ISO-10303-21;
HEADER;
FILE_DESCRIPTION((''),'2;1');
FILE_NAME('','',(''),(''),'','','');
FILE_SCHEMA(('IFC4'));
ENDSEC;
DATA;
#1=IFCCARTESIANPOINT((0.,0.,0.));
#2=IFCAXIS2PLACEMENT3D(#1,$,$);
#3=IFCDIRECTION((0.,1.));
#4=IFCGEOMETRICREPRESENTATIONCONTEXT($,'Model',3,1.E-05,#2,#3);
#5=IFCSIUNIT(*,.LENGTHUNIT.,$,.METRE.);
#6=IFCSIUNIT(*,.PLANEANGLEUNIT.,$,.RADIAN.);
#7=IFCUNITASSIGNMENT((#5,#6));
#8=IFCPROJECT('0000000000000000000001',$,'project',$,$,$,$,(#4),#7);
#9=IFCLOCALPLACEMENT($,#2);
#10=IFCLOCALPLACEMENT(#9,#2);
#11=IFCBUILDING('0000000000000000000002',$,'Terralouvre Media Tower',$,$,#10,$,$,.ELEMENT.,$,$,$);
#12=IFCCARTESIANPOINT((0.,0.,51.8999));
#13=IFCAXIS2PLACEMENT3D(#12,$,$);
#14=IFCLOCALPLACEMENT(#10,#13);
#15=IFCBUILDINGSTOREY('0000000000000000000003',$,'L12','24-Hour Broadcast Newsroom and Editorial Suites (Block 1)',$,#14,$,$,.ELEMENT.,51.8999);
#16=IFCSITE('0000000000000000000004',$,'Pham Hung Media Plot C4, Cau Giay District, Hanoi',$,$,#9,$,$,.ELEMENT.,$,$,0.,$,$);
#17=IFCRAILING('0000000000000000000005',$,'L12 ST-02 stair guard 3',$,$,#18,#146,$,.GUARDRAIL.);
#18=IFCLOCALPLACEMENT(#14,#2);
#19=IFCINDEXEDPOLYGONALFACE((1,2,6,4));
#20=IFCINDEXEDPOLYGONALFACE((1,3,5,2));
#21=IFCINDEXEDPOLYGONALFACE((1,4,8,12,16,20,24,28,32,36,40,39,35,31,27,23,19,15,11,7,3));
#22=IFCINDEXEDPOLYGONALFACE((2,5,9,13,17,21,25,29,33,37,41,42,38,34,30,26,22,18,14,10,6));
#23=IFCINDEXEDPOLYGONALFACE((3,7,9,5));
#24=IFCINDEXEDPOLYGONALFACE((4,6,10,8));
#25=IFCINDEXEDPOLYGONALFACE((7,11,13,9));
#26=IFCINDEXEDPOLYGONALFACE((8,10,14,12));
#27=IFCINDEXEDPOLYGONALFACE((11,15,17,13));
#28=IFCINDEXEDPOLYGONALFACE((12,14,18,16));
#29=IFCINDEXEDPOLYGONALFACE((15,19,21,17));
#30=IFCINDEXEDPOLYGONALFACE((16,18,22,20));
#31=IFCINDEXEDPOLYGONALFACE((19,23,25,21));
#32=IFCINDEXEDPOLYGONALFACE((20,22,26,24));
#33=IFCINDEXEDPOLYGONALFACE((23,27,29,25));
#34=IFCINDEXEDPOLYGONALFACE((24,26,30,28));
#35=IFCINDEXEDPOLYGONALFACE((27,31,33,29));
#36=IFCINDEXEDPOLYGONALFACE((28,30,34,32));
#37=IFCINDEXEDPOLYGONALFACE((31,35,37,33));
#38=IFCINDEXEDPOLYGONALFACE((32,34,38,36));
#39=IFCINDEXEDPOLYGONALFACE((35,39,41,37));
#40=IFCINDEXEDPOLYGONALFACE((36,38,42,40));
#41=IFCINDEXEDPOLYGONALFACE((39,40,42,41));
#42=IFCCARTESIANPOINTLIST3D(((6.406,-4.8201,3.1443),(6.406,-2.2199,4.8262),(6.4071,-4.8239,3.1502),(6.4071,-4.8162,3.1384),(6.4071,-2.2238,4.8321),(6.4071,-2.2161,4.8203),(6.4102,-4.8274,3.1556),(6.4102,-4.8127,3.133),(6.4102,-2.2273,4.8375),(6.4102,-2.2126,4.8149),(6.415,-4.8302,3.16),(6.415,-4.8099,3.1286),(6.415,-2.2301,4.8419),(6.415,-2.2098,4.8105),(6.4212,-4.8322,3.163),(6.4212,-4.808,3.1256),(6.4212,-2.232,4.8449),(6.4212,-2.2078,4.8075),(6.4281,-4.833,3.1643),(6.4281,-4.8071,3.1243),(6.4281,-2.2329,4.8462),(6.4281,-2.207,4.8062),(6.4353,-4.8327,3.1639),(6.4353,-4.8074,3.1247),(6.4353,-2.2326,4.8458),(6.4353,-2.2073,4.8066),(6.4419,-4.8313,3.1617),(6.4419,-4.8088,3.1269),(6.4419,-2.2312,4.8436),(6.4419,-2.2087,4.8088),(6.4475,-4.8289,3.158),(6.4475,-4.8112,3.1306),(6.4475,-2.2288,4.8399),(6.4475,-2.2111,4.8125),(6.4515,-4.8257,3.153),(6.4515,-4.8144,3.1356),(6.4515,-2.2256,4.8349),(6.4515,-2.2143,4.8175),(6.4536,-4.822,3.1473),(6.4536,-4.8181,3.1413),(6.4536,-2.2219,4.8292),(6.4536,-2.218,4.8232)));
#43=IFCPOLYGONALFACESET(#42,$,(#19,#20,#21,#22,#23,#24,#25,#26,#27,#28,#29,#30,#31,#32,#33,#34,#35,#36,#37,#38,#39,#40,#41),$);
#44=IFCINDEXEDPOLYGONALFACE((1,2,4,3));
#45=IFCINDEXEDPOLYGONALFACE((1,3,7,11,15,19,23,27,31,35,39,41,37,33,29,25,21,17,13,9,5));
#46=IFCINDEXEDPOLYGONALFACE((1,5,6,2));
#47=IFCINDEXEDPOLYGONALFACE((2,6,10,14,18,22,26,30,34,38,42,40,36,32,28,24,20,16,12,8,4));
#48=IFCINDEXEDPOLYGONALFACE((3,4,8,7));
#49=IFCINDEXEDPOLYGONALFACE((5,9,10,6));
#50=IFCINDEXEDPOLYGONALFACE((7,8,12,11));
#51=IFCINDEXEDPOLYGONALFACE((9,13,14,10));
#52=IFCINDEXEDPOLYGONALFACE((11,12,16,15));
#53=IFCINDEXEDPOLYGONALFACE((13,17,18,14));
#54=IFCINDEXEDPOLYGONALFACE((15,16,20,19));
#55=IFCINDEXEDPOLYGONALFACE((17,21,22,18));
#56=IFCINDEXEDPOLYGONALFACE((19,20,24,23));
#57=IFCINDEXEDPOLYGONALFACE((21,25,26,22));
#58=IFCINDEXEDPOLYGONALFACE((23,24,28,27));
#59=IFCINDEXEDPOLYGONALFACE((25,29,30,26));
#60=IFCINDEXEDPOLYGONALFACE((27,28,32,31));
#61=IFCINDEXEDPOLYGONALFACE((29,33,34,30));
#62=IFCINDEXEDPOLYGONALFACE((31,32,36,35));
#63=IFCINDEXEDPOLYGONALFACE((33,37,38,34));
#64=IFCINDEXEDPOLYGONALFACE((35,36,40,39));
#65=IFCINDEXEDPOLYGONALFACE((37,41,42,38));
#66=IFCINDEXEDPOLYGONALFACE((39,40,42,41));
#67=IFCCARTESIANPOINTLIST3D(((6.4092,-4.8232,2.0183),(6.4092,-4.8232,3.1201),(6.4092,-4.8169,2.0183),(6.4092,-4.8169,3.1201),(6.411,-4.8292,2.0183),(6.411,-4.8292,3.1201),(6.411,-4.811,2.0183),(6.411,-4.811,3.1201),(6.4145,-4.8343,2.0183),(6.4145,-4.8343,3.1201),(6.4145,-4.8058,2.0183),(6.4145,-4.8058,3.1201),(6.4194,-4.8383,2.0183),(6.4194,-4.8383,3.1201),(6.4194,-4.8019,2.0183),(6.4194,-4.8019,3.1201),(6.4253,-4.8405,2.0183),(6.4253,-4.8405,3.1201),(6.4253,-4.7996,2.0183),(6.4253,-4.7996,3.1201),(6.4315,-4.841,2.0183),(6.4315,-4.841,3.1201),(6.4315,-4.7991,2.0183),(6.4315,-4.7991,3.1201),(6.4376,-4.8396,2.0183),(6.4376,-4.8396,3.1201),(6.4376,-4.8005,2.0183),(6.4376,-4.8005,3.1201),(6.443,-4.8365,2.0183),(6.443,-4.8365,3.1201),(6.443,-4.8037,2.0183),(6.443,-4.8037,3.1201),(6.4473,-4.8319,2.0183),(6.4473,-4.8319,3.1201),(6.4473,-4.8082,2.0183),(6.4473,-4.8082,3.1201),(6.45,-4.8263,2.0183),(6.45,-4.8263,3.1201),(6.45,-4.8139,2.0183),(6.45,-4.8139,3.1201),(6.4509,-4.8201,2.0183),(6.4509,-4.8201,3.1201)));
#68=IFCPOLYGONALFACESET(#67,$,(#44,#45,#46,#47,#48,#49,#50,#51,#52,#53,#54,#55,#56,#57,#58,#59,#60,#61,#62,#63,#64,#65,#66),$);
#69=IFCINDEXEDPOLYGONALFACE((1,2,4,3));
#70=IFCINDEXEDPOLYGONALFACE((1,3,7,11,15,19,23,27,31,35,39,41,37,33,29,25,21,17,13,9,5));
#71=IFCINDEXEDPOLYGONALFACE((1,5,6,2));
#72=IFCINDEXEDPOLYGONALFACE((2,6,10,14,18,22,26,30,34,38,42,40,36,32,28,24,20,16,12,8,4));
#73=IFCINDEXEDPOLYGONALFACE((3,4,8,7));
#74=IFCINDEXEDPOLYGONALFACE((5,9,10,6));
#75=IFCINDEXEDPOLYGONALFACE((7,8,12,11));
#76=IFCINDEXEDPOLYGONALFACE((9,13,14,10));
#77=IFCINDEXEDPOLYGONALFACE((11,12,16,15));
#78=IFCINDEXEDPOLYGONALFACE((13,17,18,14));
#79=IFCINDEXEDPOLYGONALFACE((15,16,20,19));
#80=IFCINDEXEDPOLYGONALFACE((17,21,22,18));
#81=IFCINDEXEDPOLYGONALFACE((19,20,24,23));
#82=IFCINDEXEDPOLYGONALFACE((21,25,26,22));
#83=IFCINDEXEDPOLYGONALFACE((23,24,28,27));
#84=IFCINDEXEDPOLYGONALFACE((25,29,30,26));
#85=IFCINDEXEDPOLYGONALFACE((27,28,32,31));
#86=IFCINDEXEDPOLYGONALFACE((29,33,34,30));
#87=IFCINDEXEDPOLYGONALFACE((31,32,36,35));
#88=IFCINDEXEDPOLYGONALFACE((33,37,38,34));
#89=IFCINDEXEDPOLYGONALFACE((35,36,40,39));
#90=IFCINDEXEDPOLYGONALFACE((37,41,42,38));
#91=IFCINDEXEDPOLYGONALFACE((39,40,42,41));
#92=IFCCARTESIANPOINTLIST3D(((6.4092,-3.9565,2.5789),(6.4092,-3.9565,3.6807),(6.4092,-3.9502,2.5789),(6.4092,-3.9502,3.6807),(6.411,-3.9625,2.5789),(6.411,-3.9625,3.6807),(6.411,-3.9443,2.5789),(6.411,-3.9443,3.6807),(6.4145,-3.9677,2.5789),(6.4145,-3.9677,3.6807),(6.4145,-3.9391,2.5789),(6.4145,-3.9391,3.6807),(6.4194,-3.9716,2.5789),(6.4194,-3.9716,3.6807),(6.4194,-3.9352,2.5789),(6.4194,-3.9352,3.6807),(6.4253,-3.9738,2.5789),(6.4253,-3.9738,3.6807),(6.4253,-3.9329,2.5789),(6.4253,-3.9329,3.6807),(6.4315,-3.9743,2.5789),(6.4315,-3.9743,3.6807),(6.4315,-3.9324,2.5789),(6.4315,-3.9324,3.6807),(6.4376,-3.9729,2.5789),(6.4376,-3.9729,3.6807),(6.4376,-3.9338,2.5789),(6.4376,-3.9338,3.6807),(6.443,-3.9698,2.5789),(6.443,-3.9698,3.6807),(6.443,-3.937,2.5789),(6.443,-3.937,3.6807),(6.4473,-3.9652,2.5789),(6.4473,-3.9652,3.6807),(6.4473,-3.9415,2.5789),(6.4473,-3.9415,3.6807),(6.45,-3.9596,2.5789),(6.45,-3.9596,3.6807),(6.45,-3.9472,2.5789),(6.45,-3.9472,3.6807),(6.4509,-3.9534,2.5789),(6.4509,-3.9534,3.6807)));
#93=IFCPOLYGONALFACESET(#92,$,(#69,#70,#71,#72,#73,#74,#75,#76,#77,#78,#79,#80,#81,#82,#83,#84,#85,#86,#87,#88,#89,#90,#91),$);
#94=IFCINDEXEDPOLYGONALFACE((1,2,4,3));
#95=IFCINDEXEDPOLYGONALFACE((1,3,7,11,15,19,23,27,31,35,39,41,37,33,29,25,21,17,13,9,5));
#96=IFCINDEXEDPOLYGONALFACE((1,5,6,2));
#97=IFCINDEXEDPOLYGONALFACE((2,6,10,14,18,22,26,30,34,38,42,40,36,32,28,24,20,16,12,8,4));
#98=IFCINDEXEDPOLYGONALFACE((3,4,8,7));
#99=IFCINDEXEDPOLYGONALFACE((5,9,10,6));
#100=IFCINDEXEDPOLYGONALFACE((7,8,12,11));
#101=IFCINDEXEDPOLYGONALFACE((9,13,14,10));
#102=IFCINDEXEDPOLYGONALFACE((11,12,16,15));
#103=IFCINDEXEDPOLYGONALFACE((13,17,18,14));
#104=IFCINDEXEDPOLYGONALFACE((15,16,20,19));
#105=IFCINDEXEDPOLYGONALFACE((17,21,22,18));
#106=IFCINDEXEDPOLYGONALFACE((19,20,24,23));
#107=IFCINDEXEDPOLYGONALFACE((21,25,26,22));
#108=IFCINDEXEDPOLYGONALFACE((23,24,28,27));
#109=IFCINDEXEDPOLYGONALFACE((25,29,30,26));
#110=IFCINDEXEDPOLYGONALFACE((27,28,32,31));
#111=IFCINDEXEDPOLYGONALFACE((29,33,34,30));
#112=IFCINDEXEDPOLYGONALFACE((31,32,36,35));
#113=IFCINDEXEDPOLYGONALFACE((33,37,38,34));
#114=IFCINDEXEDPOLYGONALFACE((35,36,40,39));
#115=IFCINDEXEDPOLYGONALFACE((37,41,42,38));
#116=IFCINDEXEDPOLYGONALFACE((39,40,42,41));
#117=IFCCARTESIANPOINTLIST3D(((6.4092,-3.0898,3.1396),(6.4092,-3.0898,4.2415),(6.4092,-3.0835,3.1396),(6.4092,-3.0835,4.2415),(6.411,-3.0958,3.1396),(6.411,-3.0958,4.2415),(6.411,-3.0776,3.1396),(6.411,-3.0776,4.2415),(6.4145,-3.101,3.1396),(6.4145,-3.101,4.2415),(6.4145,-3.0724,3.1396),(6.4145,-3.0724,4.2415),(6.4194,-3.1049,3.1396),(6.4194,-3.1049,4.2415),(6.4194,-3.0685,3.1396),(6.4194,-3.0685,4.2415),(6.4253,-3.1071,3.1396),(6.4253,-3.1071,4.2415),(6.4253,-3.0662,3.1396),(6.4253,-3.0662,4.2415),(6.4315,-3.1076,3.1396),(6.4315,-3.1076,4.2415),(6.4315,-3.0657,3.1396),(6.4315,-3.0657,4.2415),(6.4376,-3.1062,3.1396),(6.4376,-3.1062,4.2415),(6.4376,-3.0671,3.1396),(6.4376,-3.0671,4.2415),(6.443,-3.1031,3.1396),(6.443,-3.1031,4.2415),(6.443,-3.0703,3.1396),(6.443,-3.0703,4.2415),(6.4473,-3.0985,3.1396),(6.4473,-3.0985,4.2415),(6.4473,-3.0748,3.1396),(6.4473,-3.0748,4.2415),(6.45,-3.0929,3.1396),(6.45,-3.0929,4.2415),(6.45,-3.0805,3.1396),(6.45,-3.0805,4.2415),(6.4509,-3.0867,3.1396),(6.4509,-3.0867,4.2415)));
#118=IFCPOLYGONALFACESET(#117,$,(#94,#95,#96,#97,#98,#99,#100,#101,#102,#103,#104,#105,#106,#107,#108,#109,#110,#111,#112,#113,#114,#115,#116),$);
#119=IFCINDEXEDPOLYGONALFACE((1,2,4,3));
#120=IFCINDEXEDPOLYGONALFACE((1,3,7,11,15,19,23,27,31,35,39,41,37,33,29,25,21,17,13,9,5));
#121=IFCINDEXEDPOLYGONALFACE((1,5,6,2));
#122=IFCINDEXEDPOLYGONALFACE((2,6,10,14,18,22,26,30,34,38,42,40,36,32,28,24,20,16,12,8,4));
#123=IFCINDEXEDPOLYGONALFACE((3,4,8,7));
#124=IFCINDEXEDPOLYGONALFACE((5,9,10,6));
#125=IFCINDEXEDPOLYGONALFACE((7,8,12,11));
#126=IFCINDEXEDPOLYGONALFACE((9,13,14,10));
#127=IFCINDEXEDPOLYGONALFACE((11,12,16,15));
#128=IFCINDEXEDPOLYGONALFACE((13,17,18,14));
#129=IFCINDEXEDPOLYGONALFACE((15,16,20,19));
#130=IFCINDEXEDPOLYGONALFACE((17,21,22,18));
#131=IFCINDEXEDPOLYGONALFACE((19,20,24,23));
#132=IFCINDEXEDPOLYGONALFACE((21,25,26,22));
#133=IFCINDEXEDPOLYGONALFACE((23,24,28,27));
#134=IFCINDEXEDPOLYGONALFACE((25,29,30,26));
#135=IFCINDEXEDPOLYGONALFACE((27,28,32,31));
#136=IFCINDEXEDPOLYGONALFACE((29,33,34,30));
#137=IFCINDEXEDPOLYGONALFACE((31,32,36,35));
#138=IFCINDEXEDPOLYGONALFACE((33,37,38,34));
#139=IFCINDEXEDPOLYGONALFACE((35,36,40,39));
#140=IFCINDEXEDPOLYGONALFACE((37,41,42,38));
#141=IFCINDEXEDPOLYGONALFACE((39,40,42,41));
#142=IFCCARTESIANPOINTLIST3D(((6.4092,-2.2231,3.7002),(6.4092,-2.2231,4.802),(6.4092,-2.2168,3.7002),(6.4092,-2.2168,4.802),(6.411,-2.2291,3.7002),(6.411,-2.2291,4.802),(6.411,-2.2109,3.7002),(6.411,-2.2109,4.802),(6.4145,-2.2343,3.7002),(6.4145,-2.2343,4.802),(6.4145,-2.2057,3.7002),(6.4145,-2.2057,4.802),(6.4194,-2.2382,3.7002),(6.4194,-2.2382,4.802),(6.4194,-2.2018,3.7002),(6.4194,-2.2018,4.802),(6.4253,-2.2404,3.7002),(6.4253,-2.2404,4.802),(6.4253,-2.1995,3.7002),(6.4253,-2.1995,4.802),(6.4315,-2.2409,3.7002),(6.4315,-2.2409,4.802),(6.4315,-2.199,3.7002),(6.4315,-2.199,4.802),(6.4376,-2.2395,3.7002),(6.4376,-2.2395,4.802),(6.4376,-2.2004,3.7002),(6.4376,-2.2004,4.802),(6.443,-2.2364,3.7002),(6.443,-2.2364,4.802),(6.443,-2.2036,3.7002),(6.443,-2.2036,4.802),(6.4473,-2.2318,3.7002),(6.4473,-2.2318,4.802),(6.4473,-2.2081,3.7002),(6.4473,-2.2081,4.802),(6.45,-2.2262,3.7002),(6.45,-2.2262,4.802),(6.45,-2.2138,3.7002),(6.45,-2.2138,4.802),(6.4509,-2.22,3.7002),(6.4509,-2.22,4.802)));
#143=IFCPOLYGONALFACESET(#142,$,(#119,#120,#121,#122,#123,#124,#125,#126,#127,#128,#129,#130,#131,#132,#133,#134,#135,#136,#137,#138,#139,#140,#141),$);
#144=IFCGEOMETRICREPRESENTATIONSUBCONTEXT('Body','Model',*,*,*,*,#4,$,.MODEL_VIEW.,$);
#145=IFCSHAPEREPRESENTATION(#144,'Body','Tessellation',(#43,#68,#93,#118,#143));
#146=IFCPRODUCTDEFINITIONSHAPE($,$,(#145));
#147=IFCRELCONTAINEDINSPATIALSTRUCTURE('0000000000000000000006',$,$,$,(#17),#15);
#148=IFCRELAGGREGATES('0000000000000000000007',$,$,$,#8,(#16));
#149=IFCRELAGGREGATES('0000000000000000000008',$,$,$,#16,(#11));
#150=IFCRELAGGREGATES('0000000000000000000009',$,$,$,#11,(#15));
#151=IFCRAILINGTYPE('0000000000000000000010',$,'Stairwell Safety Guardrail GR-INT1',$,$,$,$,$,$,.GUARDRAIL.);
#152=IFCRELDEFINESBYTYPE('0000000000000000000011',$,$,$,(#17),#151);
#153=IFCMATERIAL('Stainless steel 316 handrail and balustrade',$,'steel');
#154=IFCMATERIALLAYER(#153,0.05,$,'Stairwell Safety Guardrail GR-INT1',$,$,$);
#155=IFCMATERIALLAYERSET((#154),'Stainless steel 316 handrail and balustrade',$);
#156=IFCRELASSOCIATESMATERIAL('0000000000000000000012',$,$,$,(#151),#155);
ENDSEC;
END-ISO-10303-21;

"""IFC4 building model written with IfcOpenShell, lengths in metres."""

from ifc_helpers import new_model, si_unit, direction, frame, origin, origin_2d, place, context, subcontext, project, spatial, circle, extrude, material, layer, layer_set, type_object, element, save


model = new_model("IFC4")

# Units and contexts
model_context = context("Model", 3, precision=1e-05, world=origin(), true_north=direction((0.0, 1.0)))
body_context = subcontext(model_context, "Body", "Model", "MODEL_VIEW")
ifc_project = project(units=[si_unit("LENGTHUNIT", "METRE"), si_unit("PLANEANGLEUNIT", "RADIAN")], contexts=[model_context])

# Site, building, storey
site_placement = place(None, origin())
site = spatial("IfcSite", under=ifc_project, at=site_placement, Name="Pham Hung Media Plot C4, Cau Giay District, Hanoi", CompositionType="ELEMENT", RefElevation=0.0)
building_placement = place(site_placement, origin())
building = spatial("IfcBuilding", under=site, at=building_placement, Name="Terralouvre Media Tower", CompositionType="ELEMENT")
storey_placement = place(building_placement, frame((0.0, 0.0, 51.8999)))
storey = spatial("IfcBuildingStorey", under=building, at=storey_placement, Name="L12", Description="24-Hour Broadcast Newsroom and Editorial Suites (Block 1)", CompositionType="ELEMENT", Elevation=51.8999)

# Railing
ifc_material_1 = material(Name="Stainless steel 316 handrail and balustrade", Category="steel")
ifc_layer_1 = layer(ifc_material_1, 0.05, Name="Stairwell Safety Guardrail GR-INT1")
ifc_layer_set_1 = layer_set([ifc_layer_1], Name="Stainless steel 316 handrail and balustrade")
railing_type_1 = type_object("IfcRailingType", Name="Stairwell Safety Guardrail GR-INT1", PredefinedType="GUARDRAIL", material=ifc_layer_set_1)
railing_1_placement = place(storey_placement, frame((6.4299, -4.8201, 2.0183)))
element("IfcRailing", 1, at=railing_1_placement, inside=storey, type_object=railing_type_1, Name="L12 ST-02 stair guard 3", PredefinedType="GUARDRAIL", context=body_context, shape_type="SweptSolid", body=[
    extrude(circle(Radius=0.0239, at=origin_2d()), frame((0.0, 0.0, 1.126), z_axis=(0.0, 0.839648, 0.54313), x_axis=(-1.0, 0.0, 0.0)), (0.0, 0.0, 1.0), 3.0967),
    extrude(circle(Radius=0.021, at=origin_2d()), origin(), (0.0, 0.0, 1.0), 1.1018),
    extrude(circle(Radius=0.021, at=origin_2d()), frame((0.0, 0.8667, 0.5605)), (0.0, 0.0, 1.0), 1.1018),
    extrude(circle(Radius=0.021, at=origin_2d()), frame((0.0, 1.7334, 1.1213)), (0.0, 0.0, 1.0), 1.1018),
    extrude(circle(Radius=0.021, at=origin_2d()), frame((0.0, 2.6001, 1.6819)), (0.0, 0.0, 1.0), 1.1018),
])

save(model, "model.ifc")
